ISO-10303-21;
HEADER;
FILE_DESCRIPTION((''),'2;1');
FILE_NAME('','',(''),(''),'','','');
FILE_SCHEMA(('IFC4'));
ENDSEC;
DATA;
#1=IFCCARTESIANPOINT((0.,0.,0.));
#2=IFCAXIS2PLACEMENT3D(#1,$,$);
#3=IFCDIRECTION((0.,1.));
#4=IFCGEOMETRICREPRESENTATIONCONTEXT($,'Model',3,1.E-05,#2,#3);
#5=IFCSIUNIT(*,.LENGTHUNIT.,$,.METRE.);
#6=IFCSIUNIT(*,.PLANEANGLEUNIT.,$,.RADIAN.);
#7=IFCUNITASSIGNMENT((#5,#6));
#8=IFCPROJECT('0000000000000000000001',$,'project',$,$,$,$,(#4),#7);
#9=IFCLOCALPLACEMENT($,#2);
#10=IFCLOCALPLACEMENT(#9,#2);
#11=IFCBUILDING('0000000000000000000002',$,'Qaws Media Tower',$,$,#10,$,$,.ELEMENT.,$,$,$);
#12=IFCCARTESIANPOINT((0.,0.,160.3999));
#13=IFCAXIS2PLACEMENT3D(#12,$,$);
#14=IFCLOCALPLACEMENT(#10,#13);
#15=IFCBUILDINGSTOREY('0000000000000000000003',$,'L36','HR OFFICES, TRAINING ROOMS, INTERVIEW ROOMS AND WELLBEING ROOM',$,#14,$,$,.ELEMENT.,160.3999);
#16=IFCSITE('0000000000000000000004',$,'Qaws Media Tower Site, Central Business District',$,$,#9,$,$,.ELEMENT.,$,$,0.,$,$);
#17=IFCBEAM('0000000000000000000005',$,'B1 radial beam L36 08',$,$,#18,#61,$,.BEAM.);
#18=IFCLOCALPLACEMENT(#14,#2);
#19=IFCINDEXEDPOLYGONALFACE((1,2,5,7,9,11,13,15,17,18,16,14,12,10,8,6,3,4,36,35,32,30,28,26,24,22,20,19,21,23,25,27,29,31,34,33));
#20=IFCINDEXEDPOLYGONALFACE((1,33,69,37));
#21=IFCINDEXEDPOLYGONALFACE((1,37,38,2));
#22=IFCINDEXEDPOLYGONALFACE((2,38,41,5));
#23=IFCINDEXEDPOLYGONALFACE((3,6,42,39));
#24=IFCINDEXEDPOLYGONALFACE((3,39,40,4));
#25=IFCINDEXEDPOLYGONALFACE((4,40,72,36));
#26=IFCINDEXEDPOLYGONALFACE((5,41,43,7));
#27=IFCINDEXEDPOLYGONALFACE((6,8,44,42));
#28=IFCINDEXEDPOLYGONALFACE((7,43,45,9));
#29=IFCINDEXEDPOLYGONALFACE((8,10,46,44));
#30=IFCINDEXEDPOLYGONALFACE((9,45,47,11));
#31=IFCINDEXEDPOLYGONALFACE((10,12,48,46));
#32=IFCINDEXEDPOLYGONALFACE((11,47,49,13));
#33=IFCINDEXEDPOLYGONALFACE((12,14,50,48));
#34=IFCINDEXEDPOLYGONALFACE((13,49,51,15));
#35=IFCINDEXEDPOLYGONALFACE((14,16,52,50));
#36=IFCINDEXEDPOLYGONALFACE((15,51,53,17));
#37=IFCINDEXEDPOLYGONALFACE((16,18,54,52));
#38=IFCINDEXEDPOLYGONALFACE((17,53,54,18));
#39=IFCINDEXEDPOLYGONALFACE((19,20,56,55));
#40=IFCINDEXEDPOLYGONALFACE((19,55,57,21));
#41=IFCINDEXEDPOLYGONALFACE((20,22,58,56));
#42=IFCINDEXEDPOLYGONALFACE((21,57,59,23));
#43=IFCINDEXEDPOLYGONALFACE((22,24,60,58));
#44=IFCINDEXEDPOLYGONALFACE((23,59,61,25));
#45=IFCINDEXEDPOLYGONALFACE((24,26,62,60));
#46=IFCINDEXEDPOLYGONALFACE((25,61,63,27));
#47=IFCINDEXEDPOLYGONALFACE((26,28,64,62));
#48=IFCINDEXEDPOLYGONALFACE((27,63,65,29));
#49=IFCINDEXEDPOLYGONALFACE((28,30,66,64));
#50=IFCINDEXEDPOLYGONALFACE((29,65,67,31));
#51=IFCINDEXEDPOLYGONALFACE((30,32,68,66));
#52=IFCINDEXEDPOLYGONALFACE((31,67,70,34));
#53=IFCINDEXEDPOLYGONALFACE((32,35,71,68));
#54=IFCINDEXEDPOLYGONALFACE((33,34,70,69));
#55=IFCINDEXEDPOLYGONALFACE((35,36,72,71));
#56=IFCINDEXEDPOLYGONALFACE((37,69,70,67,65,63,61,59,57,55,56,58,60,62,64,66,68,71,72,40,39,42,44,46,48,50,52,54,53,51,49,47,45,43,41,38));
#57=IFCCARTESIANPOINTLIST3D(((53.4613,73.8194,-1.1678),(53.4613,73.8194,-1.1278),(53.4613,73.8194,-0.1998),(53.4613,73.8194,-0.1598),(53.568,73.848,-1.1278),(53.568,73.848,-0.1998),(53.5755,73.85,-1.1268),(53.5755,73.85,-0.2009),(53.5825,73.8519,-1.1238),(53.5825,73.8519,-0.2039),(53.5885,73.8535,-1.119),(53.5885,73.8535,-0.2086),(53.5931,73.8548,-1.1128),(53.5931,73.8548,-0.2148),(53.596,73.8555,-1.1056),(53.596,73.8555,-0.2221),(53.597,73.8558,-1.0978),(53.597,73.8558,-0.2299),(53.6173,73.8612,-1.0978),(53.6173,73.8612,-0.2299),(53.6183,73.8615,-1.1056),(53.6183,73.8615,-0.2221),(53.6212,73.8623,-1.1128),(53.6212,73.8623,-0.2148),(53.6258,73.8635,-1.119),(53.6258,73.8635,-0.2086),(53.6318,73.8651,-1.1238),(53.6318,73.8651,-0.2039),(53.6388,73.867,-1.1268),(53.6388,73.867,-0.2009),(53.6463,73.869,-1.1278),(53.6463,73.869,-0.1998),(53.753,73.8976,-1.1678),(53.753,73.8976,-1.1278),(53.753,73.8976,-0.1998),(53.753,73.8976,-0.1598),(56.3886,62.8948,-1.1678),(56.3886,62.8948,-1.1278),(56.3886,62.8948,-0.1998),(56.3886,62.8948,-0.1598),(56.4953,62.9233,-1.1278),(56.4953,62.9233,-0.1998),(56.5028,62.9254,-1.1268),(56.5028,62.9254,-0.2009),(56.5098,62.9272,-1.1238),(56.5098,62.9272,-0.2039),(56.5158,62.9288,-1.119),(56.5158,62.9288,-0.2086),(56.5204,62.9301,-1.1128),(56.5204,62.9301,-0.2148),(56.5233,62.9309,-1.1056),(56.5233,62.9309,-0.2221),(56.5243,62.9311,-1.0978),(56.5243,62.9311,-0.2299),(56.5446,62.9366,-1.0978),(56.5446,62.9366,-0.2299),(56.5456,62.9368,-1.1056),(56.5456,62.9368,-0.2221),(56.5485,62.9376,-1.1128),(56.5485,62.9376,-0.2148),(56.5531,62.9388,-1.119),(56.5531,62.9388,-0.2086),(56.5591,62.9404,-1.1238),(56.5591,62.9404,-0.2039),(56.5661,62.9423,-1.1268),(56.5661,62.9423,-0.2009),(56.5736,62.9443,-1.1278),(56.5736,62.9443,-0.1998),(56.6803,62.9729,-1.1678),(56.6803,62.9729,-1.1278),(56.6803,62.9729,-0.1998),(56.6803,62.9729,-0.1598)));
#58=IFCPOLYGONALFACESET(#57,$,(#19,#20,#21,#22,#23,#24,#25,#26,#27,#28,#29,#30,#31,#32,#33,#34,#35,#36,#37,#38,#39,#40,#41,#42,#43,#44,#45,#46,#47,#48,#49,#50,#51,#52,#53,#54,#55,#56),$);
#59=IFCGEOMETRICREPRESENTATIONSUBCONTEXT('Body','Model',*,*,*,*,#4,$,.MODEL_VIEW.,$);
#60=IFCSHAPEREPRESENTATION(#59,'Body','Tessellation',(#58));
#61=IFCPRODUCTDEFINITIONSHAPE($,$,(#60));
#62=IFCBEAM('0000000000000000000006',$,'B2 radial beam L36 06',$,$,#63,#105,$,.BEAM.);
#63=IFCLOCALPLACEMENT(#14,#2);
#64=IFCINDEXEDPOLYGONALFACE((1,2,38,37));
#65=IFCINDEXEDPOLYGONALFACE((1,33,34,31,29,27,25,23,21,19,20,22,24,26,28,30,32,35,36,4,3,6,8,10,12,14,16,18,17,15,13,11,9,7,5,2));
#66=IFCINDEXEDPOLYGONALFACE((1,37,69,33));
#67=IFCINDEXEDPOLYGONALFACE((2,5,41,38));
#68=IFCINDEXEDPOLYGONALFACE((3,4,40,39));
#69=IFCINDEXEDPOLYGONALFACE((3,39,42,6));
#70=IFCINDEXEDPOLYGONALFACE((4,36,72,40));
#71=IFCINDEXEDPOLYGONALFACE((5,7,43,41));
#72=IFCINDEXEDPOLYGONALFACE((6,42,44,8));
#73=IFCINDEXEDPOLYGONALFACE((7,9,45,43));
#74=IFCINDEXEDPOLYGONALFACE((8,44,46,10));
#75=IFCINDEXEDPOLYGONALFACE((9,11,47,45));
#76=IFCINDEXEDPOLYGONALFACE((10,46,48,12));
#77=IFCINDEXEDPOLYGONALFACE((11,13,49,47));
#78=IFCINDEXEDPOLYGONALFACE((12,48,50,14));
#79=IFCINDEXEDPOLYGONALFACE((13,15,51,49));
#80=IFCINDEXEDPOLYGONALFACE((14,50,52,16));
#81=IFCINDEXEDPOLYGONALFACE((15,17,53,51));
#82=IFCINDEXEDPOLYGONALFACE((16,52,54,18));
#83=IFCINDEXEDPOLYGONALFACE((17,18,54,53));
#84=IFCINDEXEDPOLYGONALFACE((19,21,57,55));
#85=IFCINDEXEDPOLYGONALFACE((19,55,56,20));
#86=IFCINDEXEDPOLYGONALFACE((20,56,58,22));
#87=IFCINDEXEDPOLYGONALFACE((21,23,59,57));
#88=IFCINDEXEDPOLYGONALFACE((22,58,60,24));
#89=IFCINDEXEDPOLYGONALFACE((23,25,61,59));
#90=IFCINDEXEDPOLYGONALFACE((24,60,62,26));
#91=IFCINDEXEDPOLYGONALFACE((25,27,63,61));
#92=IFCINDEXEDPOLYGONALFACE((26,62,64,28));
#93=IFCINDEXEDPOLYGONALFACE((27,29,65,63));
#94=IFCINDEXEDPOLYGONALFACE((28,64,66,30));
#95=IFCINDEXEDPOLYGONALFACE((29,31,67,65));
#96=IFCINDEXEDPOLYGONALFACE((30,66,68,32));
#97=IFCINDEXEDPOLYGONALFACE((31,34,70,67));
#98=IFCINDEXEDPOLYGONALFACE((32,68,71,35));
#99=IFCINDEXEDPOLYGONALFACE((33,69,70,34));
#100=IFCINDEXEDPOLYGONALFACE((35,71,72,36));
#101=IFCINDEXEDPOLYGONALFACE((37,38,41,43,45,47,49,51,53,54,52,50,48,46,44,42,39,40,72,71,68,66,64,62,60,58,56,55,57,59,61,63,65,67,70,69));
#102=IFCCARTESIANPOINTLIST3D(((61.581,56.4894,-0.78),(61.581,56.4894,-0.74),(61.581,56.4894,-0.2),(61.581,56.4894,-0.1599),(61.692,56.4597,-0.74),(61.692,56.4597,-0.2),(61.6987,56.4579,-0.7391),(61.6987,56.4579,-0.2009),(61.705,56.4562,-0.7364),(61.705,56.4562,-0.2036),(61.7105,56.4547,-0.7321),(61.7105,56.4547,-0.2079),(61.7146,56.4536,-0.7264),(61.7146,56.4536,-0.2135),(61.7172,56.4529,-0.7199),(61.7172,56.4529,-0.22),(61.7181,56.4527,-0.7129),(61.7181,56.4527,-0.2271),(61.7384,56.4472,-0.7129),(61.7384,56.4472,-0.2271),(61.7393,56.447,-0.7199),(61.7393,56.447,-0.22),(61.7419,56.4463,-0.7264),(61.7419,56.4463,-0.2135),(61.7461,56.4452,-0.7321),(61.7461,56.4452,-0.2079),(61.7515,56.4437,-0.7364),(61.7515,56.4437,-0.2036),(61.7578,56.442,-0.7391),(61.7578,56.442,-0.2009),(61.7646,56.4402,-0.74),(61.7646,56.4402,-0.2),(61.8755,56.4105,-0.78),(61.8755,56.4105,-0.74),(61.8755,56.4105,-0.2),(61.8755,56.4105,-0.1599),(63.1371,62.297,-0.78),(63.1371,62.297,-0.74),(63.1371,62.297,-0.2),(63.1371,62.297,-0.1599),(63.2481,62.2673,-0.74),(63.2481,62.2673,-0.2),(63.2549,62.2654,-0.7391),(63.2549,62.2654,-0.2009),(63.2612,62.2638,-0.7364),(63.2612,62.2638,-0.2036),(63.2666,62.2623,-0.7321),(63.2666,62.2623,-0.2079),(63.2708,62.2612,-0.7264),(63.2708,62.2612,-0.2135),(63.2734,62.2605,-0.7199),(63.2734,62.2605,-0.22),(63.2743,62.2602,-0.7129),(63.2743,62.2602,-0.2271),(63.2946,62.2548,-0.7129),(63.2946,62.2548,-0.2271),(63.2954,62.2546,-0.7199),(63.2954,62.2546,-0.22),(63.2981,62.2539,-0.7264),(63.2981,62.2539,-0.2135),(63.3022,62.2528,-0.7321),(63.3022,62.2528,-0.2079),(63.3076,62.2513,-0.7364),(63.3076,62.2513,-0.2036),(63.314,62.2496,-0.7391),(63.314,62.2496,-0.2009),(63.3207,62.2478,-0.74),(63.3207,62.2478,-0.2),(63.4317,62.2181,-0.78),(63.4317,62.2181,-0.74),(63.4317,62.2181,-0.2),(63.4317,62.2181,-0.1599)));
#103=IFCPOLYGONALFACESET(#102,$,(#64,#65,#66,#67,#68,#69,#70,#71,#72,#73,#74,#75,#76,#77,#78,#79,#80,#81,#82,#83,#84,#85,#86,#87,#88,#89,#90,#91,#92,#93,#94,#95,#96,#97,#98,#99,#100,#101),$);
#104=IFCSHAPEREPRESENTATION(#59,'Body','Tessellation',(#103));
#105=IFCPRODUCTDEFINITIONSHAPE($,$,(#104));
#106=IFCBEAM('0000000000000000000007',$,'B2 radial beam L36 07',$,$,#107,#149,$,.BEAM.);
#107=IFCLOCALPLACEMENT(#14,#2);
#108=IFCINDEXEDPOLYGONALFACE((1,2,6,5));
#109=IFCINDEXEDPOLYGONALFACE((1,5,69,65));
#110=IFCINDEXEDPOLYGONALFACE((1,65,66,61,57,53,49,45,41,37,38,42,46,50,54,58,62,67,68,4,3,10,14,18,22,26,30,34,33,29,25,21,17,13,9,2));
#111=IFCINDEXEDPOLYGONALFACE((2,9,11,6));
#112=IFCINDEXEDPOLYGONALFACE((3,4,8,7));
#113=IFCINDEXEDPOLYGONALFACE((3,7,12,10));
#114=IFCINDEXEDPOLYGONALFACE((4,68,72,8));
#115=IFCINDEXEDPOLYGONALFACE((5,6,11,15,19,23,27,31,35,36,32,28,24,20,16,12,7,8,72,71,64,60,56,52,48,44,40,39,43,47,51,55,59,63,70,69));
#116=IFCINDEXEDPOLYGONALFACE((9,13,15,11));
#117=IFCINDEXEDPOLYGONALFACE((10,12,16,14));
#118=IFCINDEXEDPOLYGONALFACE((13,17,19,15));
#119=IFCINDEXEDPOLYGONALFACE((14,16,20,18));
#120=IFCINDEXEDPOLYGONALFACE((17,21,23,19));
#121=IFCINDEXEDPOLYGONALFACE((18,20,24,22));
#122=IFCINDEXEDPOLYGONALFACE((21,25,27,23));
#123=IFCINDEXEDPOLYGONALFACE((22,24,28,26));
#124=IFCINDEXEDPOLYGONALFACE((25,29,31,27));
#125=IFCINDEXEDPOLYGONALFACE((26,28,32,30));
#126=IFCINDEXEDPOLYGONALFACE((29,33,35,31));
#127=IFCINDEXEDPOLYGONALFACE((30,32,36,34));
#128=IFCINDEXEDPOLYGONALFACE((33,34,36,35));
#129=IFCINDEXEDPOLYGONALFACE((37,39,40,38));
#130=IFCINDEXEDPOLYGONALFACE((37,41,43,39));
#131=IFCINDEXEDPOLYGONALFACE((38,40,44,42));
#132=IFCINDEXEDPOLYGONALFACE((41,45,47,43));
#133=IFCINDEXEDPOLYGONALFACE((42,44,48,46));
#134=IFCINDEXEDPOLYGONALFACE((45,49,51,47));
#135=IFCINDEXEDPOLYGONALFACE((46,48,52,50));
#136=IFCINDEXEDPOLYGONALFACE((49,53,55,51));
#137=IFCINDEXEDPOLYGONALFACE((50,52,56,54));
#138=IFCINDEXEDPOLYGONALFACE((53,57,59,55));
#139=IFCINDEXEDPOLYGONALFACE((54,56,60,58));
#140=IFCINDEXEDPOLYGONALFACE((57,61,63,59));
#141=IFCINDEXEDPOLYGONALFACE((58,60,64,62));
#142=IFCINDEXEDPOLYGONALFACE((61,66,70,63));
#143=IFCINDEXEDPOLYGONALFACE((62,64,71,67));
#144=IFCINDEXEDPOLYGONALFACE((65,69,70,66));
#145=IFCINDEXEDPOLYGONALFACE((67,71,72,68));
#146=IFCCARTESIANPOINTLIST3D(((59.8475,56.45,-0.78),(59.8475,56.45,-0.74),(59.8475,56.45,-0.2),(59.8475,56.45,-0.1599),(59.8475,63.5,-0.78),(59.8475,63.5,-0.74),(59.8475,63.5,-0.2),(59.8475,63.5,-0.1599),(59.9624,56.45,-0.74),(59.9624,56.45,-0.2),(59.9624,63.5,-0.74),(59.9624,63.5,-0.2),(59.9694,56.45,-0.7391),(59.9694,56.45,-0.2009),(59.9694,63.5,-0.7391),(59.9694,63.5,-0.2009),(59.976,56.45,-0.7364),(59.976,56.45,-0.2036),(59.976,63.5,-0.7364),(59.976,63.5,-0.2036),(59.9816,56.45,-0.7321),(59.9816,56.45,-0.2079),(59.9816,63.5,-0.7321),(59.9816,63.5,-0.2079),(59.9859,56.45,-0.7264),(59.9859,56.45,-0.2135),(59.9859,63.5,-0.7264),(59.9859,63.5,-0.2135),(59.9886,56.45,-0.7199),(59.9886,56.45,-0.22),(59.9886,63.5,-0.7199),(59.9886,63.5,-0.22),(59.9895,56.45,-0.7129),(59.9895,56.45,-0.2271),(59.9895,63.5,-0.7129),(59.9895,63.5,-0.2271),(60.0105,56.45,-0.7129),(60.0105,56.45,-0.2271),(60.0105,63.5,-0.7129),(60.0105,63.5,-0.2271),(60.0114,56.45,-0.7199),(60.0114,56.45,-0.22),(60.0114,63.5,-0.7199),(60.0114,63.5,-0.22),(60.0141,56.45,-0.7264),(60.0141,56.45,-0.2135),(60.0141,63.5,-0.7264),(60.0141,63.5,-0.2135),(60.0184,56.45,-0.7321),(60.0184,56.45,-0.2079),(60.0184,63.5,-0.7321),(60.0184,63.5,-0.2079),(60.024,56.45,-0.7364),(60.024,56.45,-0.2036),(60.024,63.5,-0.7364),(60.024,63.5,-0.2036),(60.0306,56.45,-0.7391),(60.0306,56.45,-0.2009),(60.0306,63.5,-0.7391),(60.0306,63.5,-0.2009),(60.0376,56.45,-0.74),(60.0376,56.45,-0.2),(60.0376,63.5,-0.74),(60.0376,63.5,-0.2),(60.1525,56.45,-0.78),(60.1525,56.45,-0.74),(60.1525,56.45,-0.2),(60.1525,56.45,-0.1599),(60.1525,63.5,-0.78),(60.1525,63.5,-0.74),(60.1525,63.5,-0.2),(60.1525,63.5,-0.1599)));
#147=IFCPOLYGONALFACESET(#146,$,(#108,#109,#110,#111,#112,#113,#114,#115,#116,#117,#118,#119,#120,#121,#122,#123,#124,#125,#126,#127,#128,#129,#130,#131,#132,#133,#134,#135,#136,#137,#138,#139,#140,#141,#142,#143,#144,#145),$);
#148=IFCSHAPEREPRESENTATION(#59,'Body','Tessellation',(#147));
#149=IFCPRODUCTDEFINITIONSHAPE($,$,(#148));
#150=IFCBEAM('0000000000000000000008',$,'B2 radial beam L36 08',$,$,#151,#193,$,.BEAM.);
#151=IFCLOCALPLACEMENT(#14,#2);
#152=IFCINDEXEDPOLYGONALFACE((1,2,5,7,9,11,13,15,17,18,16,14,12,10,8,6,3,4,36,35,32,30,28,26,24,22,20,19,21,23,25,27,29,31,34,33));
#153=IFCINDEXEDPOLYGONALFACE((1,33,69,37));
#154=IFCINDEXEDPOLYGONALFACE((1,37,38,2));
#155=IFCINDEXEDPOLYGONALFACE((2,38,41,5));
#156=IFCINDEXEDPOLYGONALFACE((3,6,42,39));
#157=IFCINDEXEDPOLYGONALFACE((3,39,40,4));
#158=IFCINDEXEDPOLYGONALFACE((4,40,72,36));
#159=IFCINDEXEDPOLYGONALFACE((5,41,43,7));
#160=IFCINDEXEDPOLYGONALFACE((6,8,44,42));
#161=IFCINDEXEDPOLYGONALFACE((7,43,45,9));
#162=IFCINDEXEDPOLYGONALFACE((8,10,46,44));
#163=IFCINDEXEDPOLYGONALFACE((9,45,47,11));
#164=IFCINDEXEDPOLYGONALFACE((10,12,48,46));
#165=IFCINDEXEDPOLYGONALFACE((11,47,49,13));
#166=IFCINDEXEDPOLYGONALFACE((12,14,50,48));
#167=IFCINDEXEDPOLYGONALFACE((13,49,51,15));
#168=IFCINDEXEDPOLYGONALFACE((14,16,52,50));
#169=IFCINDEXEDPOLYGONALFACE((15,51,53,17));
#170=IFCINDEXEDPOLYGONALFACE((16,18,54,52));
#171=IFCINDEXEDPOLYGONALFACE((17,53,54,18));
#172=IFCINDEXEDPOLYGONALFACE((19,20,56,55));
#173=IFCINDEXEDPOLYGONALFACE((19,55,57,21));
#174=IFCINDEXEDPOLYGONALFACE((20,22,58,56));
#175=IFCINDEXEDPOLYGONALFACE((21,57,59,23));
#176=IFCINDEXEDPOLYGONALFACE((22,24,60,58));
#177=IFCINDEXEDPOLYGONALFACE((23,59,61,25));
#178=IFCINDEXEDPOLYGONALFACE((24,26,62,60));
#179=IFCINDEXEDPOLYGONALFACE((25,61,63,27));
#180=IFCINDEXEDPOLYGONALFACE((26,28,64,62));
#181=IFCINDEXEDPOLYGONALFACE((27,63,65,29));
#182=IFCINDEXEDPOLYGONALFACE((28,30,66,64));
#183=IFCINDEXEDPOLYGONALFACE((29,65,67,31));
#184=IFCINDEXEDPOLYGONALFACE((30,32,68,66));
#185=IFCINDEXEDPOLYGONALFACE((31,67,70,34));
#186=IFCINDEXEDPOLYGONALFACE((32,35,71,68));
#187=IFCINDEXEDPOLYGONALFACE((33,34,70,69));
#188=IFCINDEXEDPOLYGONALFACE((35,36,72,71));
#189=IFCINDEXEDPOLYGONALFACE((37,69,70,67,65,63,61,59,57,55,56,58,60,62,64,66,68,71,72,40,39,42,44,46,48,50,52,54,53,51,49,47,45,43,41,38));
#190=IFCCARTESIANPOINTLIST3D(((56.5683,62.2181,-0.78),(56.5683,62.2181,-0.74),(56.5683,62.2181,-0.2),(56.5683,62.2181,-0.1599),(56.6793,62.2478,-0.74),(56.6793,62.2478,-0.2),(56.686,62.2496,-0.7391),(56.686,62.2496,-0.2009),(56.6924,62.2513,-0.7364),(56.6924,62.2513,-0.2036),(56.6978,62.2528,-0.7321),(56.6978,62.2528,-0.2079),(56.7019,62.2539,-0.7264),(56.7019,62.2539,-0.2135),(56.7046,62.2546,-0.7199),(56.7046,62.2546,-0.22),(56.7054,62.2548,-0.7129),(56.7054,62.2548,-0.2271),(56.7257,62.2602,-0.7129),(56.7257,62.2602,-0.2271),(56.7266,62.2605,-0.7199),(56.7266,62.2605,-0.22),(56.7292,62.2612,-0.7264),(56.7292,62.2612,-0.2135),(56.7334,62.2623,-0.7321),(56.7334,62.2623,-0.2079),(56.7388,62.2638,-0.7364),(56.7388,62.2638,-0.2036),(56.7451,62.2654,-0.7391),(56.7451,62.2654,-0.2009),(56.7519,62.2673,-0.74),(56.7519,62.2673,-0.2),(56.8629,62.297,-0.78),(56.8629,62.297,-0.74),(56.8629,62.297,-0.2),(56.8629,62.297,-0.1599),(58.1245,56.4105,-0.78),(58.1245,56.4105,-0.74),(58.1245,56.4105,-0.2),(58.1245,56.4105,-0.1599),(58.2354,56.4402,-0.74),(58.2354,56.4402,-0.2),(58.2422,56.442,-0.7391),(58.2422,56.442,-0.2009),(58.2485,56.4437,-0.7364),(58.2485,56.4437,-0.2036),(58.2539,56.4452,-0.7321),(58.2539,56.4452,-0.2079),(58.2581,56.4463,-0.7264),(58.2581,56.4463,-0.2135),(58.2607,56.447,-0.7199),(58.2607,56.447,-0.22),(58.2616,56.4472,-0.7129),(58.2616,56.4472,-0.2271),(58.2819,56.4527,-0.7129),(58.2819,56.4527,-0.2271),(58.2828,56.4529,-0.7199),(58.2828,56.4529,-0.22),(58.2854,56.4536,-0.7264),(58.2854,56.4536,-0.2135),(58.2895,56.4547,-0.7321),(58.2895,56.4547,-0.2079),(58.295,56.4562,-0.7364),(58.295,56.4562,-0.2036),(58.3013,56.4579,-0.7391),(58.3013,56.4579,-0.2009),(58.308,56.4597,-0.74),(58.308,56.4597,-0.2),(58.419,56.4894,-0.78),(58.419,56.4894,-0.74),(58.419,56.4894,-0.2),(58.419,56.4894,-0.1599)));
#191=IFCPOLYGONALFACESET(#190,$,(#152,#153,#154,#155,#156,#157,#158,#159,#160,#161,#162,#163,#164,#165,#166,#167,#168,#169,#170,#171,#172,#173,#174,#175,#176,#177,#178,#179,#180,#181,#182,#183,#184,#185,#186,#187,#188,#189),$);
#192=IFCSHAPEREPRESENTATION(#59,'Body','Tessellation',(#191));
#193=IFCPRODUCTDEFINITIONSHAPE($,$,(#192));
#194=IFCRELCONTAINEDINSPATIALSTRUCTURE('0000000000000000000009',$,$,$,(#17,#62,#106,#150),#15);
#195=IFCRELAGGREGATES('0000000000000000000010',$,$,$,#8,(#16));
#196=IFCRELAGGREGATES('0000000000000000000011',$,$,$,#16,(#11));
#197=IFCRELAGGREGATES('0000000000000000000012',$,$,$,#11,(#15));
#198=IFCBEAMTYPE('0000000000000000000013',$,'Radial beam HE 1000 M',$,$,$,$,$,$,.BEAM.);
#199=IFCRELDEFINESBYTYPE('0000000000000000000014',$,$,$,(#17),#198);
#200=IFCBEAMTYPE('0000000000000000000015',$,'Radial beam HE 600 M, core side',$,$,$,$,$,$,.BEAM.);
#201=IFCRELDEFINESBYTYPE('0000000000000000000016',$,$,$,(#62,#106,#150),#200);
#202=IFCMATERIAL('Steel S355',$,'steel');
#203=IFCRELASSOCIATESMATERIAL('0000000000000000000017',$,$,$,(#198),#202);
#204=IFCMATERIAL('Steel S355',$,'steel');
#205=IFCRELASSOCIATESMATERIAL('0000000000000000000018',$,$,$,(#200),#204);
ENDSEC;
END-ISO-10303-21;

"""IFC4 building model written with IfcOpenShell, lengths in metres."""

from ifc_helpers import new_model, si_unit, direction, frame, origin, origin_2d, place, context, subcontext, project, spatial, i_section, extrude, material, material_profile, profile_set, type_object, element, save


model = new_model("IFC4")

# Units and contexts
model_context = context("Model", 3, precision=1e-05, world=origin(), true_north=direction((0.0, 1.0)))
body_context = subcontext(model_context, "Body", "Model", "MODEL_VIEW")
ifc_project = project(units=[si_unit("LENGTHUNIT", "METRE"), si_unit("PLANEANGLEUNIT", "RADIAN")], contexts=[model_context])

# Site, building, storey
site_placement = place(None, origin())
site = spatial("IfcSite", under=ifc_project, at=site_placement, Name="Qaws Media Tower Site, Central Business District", CompositionType="ELEMENT", RefElevation=0.0)
building_placement = place(site_placement, origin())
building = spatial("IfcBuilding", under=site, at=building_placement, Name="Qaws Media Tower", CompositionType="ELEMENT")
storey_placement = place(building_placement, frame((0.0, 0.0, 160.3999)))
storey = spatial("IfcBuildingStorey", under=building, at=storey_placement, Name="L36", Description="HR OFFICES, TRAINING ROOMS, INTERVIEW ROOMS AND WELLBEING ROOM", CompositionType="ELEMENT", Elevation=160.3999)

# Beams
ifc_material_1 = material(Name="Steel S355", Category="steel")
ifc_material_profile_1 = material_profile(ifc_material_1, i_section(OverallWidth=0.302, OverallDepth=1.0081, WebThickness=0.021, FlangeThickness=0.04, FilletRadius=0.03, at=origin_2d()), Name="HE 1000 M")
ifc_profile_set_1 = profile_set([ifc_material_profile_1], Name="Steel S355")
beam_type_1 = type_object("IfcBeamType", Name="Radial beam HE 1000 M", PredefinedType="BEAM", material=ifc_profile_set_1)
beam_1_placement = place(storey_placement, frame((56.5344, 62.9338, -0.6638), z_axis=(-0.258821, 0.965925, 0.0), x_axis=(-0.965925, -0.258821, 0.0)))
element("IfcBeam", 1, at=beam_1_placement, inside=storey, type_object=beam_type_1, Name="B1 radial beam L36 08", PredefinedType="BEAM", context=body_context, shape_type="SweptSolid", body=[
    extrude(i_section(OverallWidth=0.302, OverallDepth=1.0081, WebThickness=0.021, FlangeThickness=0.04, FilletRadius=0.03, at=origin_2d()), origin(), (0.0, 0.0, 1.0), 11.3101),
])
ifc_material_2 = material(Name="Steel S355", Category="steel")
ifc_material_profile_2 = material_profile(ifc_material_2, i_section(OverallWidth=0.3049, OverallDepth=0.6201, WebThickness=0.021, FlangeThickness=0.04, FilletRadius=0.0271, at=origin_2d()), Name="HE 600 M")
ifc_profile_set_2 = profile_set([ifc_material_profile_2], Name="Steel S355")
beam_type_2 = type_object("IfcBeamType", Name="Radial beam HE 600 M, core side", PredefinedType="BEAM", material=ifc_profile_set_2)
beam_2_placement = place(storey_placement, frame((61.7283, 56.45, -0.47), z_axis=(0.25882, 0.965926, 0.0), x_axis=(-0.965926, 0.25882, 0.0)))
element("IfcBeam", 2, at=beam_2_placement, inside=storey, type_object=beam_type_2, Name="B2 radial beam L36 06", PredefinedType="BEAM", context=body_context, shape_type="SweptSolid", body=[
    extrude(i_section(OverallWidth=0.3049, OverallDepth=0.6201, WebThickness=0.021, FlangeThickness=0.04, FilletRadius=0.0271, at=origin_2d()), origin(), (0.0, 0.0, 1.0), 6.0125),
])
beam_3_placement = place(storey_placement, frame((60.0, 56.45, -0.47), z_axis=(0.0, 1.0, 0.0), x_axis=(-1.0, 0.0, 0.0)))
element("IfcBeam", 3, at=beam_3_placement, inside=storey, type_object=beam_type_2, Name="B2 radial beam L36 07", PredefinedType="BEAM", context=body_context, shape_type="SweptSolid", body=[
    extrude(i_section(OverallWidth=0.3049, OverallDepth=0.6201, WebThickness=0.021, FlangeThickness=0.04, FilletRadius=0.0271, at=origin_2d()), origin(), (0.0, 0.0, 1.0), 7.05),
])
beam_4_placement = place(storey_placement, frame((58.2717, 56.45, -0.47), z_axis=(-0.25882, 0.965926, 0.0), x_axis=(-0.965926, -0.25882, 0.0)))
element("IfcBeam", 4, at=beam_4_placement, inside=storey, type_object=beam_type_2, Name="B2 radial beam L36 08", PredefinedType="BEAM", context=body_context, shape_type="SweptSolid", body=[
    extrude(i_section(OverallWidth=0.3049, OverallDepth=0.6201, WebThickness=0.021, FlangeThickness=0.04, FilletRadius=0.0271, at=origin_2d()), origin(), (0.0, 0.0, 1.0), 6.0125),
])

save(model, "model.ifc")
